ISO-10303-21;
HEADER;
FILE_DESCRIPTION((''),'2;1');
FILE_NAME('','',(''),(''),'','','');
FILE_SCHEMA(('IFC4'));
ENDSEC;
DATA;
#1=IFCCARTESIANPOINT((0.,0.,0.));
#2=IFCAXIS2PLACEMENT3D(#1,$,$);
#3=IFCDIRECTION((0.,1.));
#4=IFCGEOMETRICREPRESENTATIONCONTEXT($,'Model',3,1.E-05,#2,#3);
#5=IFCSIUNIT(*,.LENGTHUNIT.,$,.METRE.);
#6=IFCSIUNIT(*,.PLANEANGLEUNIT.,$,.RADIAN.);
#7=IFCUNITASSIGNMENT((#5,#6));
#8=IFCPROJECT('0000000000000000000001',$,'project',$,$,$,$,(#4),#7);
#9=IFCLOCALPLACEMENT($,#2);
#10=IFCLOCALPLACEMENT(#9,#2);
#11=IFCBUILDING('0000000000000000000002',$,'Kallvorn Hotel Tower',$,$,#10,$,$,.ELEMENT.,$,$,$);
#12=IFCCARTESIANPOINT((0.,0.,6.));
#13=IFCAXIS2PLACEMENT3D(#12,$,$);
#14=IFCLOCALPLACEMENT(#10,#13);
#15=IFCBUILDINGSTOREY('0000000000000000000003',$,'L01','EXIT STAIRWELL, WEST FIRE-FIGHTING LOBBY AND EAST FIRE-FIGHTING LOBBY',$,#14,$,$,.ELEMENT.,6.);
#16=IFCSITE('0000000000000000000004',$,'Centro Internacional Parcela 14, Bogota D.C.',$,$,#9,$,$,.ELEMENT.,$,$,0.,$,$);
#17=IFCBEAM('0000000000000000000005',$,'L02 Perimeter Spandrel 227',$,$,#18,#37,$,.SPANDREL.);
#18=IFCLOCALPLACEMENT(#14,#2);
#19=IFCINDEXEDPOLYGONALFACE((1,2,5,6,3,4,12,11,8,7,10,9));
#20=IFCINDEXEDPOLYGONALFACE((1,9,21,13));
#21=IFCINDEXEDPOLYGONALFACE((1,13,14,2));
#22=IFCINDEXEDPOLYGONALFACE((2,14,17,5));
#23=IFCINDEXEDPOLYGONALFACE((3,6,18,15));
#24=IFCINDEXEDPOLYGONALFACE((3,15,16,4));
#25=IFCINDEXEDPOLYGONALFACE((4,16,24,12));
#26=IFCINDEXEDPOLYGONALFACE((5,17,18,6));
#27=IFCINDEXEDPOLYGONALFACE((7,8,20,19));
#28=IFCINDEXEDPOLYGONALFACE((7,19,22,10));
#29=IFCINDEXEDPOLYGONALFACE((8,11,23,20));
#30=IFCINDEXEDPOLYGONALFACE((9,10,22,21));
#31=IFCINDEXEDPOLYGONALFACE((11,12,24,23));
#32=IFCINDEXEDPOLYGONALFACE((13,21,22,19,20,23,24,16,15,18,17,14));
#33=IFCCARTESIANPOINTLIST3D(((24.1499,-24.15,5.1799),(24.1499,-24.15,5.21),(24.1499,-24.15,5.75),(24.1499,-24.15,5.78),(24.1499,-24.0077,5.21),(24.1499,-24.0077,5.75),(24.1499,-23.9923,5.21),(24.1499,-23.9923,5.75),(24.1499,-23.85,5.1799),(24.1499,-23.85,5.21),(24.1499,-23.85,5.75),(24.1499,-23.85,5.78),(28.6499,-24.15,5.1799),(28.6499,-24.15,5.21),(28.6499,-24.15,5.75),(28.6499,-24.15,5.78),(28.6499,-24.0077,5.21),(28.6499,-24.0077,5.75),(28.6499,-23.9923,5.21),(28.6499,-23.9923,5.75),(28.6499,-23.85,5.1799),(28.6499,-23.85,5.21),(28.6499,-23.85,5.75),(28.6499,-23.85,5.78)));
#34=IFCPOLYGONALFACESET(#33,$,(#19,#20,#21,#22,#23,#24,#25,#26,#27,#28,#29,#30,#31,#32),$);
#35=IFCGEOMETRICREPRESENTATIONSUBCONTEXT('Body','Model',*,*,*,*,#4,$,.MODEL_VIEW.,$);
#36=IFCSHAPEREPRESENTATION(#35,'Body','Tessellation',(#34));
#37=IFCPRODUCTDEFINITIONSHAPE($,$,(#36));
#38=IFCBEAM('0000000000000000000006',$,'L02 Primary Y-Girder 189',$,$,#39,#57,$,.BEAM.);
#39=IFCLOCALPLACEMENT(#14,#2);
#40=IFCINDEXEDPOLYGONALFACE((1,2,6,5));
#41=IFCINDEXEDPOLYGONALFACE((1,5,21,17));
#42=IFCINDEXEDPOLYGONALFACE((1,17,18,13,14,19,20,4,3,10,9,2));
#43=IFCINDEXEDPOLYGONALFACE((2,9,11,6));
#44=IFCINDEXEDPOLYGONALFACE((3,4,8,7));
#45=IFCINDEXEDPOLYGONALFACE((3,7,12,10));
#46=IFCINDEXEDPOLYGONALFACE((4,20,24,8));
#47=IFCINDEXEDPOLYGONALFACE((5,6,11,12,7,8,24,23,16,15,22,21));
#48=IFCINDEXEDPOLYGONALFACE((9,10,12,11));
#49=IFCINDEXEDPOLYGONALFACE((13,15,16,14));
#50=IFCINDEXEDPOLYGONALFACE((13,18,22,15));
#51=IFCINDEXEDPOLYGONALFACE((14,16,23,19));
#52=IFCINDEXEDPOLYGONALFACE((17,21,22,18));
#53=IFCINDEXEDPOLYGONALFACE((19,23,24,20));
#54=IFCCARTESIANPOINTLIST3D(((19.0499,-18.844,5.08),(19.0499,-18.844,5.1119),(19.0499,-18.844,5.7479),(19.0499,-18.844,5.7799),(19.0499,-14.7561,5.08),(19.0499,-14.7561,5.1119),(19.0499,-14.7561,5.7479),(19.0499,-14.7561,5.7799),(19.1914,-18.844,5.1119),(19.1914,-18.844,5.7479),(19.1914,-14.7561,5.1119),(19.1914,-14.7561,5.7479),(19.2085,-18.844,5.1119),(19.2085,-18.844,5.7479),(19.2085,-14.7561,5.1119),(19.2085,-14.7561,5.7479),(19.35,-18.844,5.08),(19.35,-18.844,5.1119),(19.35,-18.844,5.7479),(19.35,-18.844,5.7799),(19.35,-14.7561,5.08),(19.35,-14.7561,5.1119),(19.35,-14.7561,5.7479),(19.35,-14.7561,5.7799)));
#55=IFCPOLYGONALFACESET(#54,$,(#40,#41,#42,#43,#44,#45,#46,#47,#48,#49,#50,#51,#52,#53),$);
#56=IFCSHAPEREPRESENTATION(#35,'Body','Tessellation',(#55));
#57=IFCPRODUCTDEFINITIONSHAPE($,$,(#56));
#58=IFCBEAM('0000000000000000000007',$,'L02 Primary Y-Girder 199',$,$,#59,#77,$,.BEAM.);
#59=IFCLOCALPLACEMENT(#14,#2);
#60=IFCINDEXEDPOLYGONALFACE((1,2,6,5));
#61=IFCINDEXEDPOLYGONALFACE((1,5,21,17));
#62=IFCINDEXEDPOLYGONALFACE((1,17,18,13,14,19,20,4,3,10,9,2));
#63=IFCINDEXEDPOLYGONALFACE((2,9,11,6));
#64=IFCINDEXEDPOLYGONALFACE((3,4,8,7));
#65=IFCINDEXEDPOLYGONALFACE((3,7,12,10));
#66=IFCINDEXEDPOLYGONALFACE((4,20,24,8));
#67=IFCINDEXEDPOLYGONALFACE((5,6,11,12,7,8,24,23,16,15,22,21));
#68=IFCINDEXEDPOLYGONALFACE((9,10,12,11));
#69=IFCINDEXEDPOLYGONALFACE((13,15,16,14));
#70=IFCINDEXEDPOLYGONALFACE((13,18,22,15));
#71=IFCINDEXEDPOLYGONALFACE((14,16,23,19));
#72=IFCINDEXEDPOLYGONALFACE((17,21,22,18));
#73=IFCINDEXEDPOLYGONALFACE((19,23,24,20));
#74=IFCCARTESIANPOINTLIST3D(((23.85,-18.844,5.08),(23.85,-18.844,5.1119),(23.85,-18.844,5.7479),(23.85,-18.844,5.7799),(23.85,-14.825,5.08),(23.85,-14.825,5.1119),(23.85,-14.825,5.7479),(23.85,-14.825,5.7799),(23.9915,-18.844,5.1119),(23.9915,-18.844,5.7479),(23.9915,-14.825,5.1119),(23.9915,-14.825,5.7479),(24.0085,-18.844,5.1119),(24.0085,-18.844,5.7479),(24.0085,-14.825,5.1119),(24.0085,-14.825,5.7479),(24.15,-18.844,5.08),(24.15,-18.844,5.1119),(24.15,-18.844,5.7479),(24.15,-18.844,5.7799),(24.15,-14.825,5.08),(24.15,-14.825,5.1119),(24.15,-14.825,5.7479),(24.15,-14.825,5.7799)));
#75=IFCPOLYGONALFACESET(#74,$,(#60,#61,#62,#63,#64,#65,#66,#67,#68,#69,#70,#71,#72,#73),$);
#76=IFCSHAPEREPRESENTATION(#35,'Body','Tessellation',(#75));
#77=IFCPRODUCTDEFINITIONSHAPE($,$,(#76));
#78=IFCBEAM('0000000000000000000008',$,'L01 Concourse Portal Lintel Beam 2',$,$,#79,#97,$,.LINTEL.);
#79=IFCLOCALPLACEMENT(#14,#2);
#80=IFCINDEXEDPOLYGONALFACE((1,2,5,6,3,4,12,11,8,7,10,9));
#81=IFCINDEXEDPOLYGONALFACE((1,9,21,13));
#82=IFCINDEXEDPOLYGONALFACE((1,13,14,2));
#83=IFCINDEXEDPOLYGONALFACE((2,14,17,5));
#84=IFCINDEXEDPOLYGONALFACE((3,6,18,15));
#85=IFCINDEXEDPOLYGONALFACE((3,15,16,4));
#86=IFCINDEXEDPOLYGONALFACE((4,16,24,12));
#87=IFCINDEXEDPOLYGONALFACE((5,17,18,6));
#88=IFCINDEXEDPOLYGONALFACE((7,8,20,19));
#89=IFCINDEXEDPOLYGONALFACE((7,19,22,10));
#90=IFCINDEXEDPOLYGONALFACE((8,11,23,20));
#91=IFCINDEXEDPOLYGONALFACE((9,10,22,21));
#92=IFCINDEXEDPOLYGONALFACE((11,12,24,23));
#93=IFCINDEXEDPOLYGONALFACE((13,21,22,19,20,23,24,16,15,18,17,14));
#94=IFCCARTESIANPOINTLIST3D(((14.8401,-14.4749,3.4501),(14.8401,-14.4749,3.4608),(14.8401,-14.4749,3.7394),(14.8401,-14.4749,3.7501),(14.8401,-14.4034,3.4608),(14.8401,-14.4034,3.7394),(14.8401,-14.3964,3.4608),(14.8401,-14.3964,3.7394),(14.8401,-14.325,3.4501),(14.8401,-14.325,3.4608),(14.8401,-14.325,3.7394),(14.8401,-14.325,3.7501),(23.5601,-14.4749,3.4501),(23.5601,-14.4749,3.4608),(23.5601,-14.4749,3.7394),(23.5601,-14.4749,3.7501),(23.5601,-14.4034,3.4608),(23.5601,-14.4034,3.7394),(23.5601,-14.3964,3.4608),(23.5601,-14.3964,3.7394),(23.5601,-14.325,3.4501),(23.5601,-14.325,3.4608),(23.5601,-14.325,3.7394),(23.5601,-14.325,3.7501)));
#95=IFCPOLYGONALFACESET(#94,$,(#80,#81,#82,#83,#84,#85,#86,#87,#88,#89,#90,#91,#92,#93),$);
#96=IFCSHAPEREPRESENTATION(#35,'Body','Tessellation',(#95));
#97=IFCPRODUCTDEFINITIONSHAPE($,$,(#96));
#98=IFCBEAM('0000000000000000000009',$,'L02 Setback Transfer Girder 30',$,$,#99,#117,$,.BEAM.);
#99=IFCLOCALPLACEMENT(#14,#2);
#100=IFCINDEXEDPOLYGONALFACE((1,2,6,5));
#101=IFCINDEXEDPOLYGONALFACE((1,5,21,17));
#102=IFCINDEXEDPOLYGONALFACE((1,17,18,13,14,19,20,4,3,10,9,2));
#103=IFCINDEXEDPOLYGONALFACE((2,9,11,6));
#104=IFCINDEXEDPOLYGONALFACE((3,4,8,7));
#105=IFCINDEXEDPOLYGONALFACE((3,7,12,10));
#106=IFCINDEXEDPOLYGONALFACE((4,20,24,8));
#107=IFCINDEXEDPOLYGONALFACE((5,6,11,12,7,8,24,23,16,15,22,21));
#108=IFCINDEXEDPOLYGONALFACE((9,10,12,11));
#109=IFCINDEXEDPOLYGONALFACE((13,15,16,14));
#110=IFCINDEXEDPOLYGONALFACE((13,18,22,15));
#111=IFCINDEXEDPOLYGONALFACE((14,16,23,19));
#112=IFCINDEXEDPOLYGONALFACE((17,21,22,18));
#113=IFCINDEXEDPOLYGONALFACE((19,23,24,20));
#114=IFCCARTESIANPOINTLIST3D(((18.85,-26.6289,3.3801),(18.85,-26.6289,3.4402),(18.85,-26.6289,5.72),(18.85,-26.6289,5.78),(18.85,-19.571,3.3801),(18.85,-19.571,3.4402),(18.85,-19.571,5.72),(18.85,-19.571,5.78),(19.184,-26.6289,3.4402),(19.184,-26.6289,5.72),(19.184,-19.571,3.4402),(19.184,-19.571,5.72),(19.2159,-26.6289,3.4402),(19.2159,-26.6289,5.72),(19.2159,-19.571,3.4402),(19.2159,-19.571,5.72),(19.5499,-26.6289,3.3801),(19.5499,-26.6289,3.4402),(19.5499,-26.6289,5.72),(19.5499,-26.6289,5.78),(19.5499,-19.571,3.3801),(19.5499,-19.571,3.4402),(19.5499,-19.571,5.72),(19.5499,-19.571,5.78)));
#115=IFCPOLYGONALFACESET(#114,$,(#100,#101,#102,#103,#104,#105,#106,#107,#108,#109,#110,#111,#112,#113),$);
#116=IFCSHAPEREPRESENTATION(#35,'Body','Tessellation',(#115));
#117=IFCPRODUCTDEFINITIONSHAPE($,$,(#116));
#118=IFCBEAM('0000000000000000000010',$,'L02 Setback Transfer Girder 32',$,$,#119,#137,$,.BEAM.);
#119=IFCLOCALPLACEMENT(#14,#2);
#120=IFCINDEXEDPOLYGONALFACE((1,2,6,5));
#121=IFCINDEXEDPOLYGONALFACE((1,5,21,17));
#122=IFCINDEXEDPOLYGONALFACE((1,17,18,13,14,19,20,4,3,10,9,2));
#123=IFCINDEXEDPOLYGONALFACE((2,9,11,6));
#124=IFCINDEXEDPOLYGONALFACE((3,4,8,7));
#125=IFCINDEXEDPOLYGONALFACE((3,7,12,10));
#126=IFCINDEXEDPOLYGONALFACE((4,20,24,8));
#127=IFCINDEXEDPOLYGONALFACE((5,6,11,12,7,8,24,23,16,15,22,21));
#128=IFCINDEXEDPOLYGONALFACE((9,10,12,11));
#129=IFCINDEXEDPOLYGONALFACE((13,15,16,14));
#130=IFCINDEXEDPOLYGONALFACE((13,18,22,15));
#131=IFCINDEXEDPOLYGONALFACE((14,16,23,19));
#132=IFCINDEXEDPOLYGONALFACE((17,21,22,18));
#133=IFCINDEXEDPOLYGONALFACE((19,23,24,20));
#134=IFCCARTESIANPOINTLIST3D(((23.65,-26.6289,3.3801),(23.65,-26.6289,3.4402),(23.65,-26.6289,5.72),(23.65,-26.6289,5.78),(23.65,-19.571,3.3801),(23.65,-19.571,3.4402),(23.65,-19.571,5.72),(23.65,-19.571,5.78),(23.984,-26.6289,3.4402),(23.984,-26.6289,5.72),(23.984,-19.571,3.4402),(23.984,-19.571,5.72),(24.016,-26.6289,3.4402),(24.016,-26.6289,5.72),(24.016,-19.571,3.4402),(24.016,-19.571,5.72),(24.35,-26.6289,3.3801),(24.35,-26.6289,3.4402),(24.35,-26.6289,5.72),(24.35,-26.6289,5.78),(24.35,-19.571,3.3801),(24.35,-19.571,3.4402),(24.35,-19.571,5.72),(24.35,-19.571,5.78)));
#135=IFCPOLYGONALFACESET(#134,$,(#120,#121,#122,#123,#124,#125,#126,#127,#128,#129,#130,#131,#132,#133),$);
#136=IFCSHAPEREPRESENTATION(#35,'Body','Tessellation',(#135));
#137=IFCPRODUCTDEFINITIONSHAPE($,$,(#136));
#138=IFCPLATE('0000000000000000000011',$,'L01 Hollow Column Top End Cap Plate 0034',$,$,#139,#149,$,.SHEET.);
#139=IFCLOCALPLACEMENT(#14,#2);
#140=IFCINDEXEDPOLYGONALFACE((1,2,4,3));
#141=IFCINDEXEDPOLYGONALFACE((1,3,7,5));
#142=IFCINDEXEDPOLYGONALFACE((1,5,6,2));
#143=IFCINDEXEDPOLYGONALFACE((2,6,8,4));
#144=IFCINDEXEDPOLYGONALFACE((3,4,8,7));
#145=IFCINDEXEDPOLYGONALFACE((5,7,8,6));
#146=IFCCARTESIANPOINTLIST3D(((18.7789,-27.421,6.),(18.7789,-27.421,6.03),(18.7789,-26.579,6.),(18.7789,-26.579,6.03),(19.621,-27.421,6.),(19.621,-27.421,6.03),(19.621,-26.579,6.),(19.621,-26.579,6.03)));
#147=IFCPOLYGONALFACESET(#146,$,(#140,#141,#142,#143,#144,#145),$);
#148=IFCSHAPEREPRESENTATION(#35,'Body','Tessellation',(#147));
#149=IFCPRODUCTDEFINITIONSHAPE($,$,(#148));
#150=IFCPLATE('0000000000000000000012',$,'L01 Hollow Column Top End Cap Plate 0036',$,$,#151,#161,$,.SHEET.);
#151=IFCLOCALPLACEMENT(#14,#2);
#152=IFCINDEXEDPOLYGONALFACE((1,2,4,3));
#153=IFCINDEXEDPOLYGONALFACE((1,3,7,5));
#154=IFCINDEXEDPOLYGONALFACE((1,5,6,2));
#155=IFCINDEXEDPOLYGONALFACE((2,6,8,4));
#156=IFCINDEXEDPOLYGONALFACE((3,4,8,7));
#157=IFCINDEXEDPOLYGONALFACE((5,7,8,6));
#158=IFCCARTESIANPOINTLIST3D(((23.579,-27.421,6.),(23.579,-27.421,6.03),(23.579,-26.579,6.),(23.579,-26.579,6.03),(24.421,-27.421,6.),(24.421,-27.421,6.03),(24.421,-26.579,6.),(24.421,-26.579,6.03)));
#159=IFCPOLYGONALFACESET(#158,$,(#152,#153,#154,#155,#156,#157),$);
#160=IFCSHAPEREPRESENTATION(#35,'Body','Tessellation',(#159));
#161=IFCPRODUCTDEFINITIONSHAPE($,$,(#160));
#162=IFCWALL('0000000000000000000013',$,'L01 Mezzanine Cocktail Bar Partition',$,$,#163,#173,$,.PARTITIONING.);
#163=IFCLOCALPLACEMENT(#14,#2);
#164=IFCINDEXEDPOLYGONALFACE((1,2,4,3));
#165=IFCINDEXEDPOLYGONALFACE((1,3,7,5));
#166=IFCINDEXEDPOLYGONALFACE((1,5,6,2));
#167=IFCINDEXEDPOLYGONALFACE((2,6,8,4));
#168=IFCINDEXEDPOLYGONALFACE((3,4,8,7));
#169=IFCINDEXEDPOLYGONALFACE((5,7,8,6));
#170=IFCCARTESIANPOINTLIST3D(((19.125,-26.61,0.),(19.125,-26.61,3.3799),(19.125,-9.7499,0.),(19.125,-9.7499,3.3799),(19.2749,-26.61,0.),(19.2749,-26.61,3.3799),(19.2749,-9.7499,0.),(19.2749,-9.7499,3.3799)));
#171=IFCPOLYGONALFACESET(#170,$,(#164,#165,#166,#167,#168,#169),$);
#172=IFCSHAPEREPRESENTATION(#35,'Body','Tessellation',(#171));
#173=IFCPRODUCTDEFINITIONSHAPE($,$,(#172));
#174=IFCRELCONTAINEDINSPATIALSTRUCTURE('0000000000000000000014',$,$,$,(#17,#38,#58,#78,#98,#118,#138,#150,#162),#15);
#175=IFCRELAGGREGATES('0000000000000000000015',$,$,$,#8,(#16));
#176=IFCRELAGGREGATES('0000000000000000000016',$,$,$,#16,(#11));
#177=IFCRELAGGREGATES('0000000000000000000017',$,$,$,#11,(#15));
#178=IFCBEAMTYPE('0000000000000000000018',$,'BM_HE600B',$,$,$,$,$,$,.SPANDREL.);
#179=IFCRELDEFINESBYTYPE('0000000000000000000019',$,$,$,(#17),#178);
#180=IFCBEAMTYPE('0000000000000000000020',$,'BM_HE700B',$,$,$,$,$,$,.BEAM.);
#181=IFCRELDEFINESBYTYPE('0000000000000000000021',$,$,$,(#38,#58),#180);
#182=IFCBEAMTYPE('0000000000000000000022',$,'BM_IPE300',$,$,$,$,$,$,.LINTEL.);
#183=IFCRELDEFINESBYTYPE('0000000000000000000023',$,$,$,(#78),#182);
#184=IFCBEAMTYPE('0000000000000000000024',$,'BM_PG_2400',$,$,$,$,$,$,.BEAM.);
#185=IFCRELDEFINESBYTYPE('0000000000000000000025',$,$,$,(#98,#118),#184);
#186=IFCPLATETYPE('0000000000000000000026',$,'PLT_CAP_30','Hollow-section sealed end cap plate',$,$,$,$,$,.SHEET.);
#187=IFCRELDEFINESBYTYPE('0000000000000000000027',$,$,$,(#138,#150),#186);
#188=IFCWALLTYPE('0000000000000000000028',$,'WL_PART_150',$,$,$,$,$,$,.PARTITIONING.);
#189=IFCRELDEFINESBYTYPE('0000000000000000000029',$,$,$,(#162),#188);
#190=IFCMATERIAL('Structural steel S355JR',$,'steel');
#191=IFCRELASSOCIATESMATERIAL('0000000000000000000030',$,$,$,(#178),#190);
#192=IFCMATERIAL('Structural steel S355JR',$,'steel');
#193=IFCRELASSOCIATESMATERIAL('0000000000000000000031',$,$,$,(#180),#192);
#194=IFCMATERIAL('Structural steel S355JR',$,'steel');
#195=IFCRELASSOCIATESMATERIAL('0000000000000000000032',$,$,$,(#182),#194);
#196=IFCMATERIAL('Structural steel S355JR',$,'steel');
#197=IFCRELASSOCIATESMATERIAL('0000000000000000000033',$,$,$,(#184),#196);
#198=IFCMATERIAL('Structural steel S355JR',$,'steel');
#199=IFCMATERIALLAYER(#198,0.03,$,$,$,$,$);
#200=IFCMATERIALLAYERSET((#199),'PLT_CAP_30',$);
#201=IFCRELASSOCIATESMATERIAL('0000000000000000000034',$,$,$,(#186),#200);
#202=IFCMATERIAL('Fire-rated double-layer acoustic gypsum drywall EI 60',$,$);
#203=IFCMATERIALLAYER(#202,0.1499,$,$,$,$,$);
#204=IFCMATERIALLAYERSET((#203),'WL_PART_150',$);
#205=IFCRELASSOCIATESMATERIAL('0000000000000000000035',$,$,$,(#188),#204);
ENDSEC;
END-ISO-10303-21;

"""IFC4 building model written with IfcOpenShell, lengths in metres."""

from ifc_helpers import new_model, si_unit, direction, frame, frame_2d, origin, origin_2d, place, context, subcontext, project, spatial, rectangle, i_section, extrude, material, layer, layer_set, material_profile, profile_set, type_object, element, save


model = new_model("IFC4")

# Units and contexts
model_context = context("Model", 3, precision=1e-05, world=origin(), true_north=direction((0.0, 1.0)))
body_context = subcontext(model_context, "Body", "Model", "MODEL_VIEW")
ifc_project = project(units=[si_unit("LENGTHUNIT", "METRE"), si_unit("PLANEANGLEUNIT", "RADIAN")], contexts=[model_context])

# Site, building, storey
site_placement = place(None, origin())
site = spatial("IfcSite", under=ifc_project, at=site_placement, Name="Centro Internacional Parcela 14, Bogota D.C.", CompositionType="ELEMENT", RefElevation=0.0)
building_placement = place(site_placement, origin())
building = spatial("IfcBuilding", under=site, at=building_placement, Name="Kallvorn Hotel Tower", CompositionType="ELEMENT")
storey_placement = place(building_placement, frame((0.0, 0.0, 6.0)))
storey = spatial("IfcBuildingStorey", under=building, at=storey_placement, Name="L01", Description="EXIT STAIRWELL, WEST FIRE-FIGHTING LOBBY AND EAST FIRE-FIGHTING LOBBY", CompositionType="ELEMENT", Elevation=6.0)

# Beams
ifc_material_1 = material(Name="Structural steel S355JR", Category="steel")
ifc_material_profile_1 = material_profile(ifc_material_1, i_section(OverallWidth=0.3, OverallDepth=0.6001, WebThickness=0.0154, FlangeThickness=0.03, at=origin_2d()), Name="HE 600 B")
ifc_profile_set_1 = profile_set([ifc_material_profile_1], Name="Structural steel S355JR")
beam_type_1 = type_object("IfcBeamType", Name="BM_HE600B", PredefinedType="SPANDREL", material=ifc_profile_set_1)
for number, where, z_axis, x_axis, name in (
    (1, (24.1499, -24.0, 5.48), (1.0, 0.0, 0.0), (0.0, 1.0, 0.0), "L02 Perimeter Spandrel 227"),
):
    element("IfcBeam", number, at=place(storey_placement, frame(where, z_axis=z_axis, x_axis=x_axis)), inside=storey, type_object=beam_type_1, Name=name, PredefinedType="SPANDREL", context=body_context, shape_type="SweptSolid", body=[
        extrude(i_section(OverallWidth=0.3, OverallDepth=0.6001, WebThickness=0.0154, FlangeThickness=0.03, at=origin_2d()), origin(), (0.0, 0.0, 1.0), 4.5),
    ])
ifc_material_2 = material(Name="Structural steel S355JR", Category="steel")
ifc_material_profile_2 = material_profile(ifc_material_2, i_section(OverallWidth=0.3, OverallDepth=0.7, WebThickness=0.0171, FlangeThickness=0.032, at=origin_2d()), Name="HE 700 B")
ifc_profile_set_2 = profile_set([ifc_material_profile_2], Name="Structural steel S355JR")
beam_type_2 = type_object("IfcBeamType", Name="BM_HE700B", PredefinedType="BEAM", material=ifc_profile_set_2)
beam_1_placement = place(storey_placement, frame((19.2, -18.844, 5.4299), z_axis=(0.0, 1.0, 0.0), x_axis=(-1.0, 0.0, 0.0)))
element("IfcBeam", 2, at=beam_1_placement, inside=storey, type_object=beam_type_2, Name="L02 Primary Y-Girder 189", PredefinedType="BEAM", context=body_context, shape_type="SweptSolid", body=[
    extrude(i_section(OverallWidth=0.3, OverallDepth=0.7, WebThickness=0.0171, FlangeThickness=0.032, at=origin_2d()), origin(), (0.0, 0.0, 1.0), 4.0879),
])
beam_2_placement = place(storey_placement, frame((24.0, -18.844, 5.4299), z_axis=(0.0, 1.0, 0.0), x_axis=(-1.0, 0.0, 0.0)))
element("IfcBeam", 3, at=beam_2_placement, inside=storey, type_object=beam_type_2, Name="L02 Primary Y-Girder 199", PredefinedType="BEAM", context=body_context, shape_type="SweptSolid", body=[
    extrude(i_section(OverallWidth=0.3, OverallDepth=0.7, WebThickness=0.0171, FlangeThickness=0.032, at=origin_2d()), origin(), (0.0, 0.0, 1.0), 4.019),
])
ifc_material_3 = material(Name="Structural steel S355JR", Category="steel")
ifc_material_profile_3 = material_profile(ifc_material_3, i_section(OverallWidth=0.1499, OverallDepth=0.3, WebThickness=0.0071, FlangeThickness=0.0107, at=origin_2d()), Name="IPE 300")
ifc_profile_set_3 = profile_set([ifc_material_profile_3], Name="Structural steel S355JR")
beam_type_3 = type_object("IfcBeamType", Name="BM_IPE300", PredefinedType="LINTEL", material=ifc_profile_set_3)
beam_3_placement = place(storey_placement, frame((14.8401, -14.3999, 3.6001), z_axis=(1.0, 0.0, 0.0), x_axis=(0.0, 1.0, 0.0)))
element("IfcBeam", 4, at=beam_3_placement, inside=storey, type_object=beam_type_3, Name="L01 Concourse Portal Lintel Beam 2", PredefinedType="LINTEL", context=body_context, shape_type="SweptSolid", body=[
    extrude(i_section(OverallWidth=0.1499, OverallDepth=0.3, WebThickness=0.0071, FlangeThickness=0.0107, at=origin_2d()), origin(), (0.0, 0.0, 1.0), 8.72),
])
ifc_material_4 = material(Name="Structural steel S355JR", Category="steel")
ifc_material_profile_4 = material_profile(ifc_material_4, i_section(OverallWidth=0.7, OverallDepth=2.3999, WebThickness=0.032, FlangeThickness=0.0601, at=origin_2d()), Name="PG 2400x700x32x60")
ifc_profile_set_4 = profile_set([ifc_material_profile_4], Name="Structural steel S355JR")
beam_type_4 = type_object("IfcBeamType", Name="BM_PG_2400", PredefinedType="BEAM", material=ifc_profile_set_4)
for number, where, z_axis, x_axis, name in (
    (5, (19.2, -26.6289, 4.5801), (0.0, 1.0, 0.0), (-1.0, 0.0, 0.0), "L02 Setback Transfer Girder 30"),
    (6, (24.0, -26.6289, 4.5801), (0.0, 1.0, 0.0), (-1.0, 0.0, 0.0), "L02 Setback Transfer Girder 32"),
):
    element("IfcBeam", number, at=place(storey_placement, frame(where, z_axis=z_axis, x_axis=x_axis)), inside=storey, type_object=beam_type_4, Name=name, PredefinedType="BEAM", context=body_context, shape_type="SweptSolid", body=[
        extrude(i_section(OverallWidth=0.7, OverallDepth=2.3999, WebThickness=0.032, FlangeThickness=0.0601, at=origin_2d()), origin(), (0.0, 0.0, 1.0), 7.0579),
    ])

# Plates
ifc_material_5 = material(Name="Structural steel S355JR", Category="steel")
ifc_layer_1 = layer(ifc_material_5, 0.03)
ifc_layer_set_1 = layer_set([ifc_layer_1], Name="PLT_CAP_30")
plate_type = type_object("IfcPlateType", Name="PLT_CAP_30", Description="Hollow-section sealed end cap plate", PredefinedType="SHEET", material=ifc_layer_set_1)
for number, where, z_axis, x_axis, name in (
    (7, (19.2, -27.0, 6.0), (0.0, 0.0, 1.0), (1.0, 0.0, 0.0), "L01 Hollow Column Top End Cap Plate 0034"),
    (8, (24.0, -27.0, 6.0), (0.0, 0.0, 1.0), (1.0, 0.0, 0.0), "L01 Hollow Column Top End Cap Plate 0036"),
):
    element("IfcPlate", number, at=place(storey_placement, frame(where, z_axis=z_axis, x_axis=x_axis)), inside=storey, type_object=plate_type, Name=name, PredefinedType="SHEET", context=body_context, shape_type="SweptSolid", body=[
        extrude(rectangle(XDim=0.842, YDim=0.842, at=origin_2d()), origin(), (0.0, 0.0, 1.0), 0.03),
    ])

# Wall
ifc_material_6 = material(Name="Fire-rated double-layer acoustic gypsum drywall EI 60")
ifc_layer_2 = layer(ifc_material_6, 0.1499)
ifc_layer_set_2 = layer_set([ifc_layer_2], Name="WL_PART_150")
wall_type = type_object("IfcWallType", Name="WL_PART_150", PredefinedType="PARTITIONING", material=ifc_layer_set_2)
wall_placement = place(storey_placement, frame((19.2, -26.6101, 0.0), z_axis=(0.0, 0.0, 1.0), x_axis=(0.0, 1.0, 0.0)))
element("IfcWall", 9, at=wall_placement, inside=storey, type_object=wall_type, Name="L01 Mezzanine Cocktail Bar Partition", PredefinedType="PARTITIONING", context=body_context, shape_type="SweptSolid", body=[
    extrude(rectangle(XDim=16.8601, YDim=0.1499, at=frame_2d((8.4302, 0.0))), origin(), (0.0, 0.0, 1.0), 3.3799),
])

save(model, "model.ifc")
